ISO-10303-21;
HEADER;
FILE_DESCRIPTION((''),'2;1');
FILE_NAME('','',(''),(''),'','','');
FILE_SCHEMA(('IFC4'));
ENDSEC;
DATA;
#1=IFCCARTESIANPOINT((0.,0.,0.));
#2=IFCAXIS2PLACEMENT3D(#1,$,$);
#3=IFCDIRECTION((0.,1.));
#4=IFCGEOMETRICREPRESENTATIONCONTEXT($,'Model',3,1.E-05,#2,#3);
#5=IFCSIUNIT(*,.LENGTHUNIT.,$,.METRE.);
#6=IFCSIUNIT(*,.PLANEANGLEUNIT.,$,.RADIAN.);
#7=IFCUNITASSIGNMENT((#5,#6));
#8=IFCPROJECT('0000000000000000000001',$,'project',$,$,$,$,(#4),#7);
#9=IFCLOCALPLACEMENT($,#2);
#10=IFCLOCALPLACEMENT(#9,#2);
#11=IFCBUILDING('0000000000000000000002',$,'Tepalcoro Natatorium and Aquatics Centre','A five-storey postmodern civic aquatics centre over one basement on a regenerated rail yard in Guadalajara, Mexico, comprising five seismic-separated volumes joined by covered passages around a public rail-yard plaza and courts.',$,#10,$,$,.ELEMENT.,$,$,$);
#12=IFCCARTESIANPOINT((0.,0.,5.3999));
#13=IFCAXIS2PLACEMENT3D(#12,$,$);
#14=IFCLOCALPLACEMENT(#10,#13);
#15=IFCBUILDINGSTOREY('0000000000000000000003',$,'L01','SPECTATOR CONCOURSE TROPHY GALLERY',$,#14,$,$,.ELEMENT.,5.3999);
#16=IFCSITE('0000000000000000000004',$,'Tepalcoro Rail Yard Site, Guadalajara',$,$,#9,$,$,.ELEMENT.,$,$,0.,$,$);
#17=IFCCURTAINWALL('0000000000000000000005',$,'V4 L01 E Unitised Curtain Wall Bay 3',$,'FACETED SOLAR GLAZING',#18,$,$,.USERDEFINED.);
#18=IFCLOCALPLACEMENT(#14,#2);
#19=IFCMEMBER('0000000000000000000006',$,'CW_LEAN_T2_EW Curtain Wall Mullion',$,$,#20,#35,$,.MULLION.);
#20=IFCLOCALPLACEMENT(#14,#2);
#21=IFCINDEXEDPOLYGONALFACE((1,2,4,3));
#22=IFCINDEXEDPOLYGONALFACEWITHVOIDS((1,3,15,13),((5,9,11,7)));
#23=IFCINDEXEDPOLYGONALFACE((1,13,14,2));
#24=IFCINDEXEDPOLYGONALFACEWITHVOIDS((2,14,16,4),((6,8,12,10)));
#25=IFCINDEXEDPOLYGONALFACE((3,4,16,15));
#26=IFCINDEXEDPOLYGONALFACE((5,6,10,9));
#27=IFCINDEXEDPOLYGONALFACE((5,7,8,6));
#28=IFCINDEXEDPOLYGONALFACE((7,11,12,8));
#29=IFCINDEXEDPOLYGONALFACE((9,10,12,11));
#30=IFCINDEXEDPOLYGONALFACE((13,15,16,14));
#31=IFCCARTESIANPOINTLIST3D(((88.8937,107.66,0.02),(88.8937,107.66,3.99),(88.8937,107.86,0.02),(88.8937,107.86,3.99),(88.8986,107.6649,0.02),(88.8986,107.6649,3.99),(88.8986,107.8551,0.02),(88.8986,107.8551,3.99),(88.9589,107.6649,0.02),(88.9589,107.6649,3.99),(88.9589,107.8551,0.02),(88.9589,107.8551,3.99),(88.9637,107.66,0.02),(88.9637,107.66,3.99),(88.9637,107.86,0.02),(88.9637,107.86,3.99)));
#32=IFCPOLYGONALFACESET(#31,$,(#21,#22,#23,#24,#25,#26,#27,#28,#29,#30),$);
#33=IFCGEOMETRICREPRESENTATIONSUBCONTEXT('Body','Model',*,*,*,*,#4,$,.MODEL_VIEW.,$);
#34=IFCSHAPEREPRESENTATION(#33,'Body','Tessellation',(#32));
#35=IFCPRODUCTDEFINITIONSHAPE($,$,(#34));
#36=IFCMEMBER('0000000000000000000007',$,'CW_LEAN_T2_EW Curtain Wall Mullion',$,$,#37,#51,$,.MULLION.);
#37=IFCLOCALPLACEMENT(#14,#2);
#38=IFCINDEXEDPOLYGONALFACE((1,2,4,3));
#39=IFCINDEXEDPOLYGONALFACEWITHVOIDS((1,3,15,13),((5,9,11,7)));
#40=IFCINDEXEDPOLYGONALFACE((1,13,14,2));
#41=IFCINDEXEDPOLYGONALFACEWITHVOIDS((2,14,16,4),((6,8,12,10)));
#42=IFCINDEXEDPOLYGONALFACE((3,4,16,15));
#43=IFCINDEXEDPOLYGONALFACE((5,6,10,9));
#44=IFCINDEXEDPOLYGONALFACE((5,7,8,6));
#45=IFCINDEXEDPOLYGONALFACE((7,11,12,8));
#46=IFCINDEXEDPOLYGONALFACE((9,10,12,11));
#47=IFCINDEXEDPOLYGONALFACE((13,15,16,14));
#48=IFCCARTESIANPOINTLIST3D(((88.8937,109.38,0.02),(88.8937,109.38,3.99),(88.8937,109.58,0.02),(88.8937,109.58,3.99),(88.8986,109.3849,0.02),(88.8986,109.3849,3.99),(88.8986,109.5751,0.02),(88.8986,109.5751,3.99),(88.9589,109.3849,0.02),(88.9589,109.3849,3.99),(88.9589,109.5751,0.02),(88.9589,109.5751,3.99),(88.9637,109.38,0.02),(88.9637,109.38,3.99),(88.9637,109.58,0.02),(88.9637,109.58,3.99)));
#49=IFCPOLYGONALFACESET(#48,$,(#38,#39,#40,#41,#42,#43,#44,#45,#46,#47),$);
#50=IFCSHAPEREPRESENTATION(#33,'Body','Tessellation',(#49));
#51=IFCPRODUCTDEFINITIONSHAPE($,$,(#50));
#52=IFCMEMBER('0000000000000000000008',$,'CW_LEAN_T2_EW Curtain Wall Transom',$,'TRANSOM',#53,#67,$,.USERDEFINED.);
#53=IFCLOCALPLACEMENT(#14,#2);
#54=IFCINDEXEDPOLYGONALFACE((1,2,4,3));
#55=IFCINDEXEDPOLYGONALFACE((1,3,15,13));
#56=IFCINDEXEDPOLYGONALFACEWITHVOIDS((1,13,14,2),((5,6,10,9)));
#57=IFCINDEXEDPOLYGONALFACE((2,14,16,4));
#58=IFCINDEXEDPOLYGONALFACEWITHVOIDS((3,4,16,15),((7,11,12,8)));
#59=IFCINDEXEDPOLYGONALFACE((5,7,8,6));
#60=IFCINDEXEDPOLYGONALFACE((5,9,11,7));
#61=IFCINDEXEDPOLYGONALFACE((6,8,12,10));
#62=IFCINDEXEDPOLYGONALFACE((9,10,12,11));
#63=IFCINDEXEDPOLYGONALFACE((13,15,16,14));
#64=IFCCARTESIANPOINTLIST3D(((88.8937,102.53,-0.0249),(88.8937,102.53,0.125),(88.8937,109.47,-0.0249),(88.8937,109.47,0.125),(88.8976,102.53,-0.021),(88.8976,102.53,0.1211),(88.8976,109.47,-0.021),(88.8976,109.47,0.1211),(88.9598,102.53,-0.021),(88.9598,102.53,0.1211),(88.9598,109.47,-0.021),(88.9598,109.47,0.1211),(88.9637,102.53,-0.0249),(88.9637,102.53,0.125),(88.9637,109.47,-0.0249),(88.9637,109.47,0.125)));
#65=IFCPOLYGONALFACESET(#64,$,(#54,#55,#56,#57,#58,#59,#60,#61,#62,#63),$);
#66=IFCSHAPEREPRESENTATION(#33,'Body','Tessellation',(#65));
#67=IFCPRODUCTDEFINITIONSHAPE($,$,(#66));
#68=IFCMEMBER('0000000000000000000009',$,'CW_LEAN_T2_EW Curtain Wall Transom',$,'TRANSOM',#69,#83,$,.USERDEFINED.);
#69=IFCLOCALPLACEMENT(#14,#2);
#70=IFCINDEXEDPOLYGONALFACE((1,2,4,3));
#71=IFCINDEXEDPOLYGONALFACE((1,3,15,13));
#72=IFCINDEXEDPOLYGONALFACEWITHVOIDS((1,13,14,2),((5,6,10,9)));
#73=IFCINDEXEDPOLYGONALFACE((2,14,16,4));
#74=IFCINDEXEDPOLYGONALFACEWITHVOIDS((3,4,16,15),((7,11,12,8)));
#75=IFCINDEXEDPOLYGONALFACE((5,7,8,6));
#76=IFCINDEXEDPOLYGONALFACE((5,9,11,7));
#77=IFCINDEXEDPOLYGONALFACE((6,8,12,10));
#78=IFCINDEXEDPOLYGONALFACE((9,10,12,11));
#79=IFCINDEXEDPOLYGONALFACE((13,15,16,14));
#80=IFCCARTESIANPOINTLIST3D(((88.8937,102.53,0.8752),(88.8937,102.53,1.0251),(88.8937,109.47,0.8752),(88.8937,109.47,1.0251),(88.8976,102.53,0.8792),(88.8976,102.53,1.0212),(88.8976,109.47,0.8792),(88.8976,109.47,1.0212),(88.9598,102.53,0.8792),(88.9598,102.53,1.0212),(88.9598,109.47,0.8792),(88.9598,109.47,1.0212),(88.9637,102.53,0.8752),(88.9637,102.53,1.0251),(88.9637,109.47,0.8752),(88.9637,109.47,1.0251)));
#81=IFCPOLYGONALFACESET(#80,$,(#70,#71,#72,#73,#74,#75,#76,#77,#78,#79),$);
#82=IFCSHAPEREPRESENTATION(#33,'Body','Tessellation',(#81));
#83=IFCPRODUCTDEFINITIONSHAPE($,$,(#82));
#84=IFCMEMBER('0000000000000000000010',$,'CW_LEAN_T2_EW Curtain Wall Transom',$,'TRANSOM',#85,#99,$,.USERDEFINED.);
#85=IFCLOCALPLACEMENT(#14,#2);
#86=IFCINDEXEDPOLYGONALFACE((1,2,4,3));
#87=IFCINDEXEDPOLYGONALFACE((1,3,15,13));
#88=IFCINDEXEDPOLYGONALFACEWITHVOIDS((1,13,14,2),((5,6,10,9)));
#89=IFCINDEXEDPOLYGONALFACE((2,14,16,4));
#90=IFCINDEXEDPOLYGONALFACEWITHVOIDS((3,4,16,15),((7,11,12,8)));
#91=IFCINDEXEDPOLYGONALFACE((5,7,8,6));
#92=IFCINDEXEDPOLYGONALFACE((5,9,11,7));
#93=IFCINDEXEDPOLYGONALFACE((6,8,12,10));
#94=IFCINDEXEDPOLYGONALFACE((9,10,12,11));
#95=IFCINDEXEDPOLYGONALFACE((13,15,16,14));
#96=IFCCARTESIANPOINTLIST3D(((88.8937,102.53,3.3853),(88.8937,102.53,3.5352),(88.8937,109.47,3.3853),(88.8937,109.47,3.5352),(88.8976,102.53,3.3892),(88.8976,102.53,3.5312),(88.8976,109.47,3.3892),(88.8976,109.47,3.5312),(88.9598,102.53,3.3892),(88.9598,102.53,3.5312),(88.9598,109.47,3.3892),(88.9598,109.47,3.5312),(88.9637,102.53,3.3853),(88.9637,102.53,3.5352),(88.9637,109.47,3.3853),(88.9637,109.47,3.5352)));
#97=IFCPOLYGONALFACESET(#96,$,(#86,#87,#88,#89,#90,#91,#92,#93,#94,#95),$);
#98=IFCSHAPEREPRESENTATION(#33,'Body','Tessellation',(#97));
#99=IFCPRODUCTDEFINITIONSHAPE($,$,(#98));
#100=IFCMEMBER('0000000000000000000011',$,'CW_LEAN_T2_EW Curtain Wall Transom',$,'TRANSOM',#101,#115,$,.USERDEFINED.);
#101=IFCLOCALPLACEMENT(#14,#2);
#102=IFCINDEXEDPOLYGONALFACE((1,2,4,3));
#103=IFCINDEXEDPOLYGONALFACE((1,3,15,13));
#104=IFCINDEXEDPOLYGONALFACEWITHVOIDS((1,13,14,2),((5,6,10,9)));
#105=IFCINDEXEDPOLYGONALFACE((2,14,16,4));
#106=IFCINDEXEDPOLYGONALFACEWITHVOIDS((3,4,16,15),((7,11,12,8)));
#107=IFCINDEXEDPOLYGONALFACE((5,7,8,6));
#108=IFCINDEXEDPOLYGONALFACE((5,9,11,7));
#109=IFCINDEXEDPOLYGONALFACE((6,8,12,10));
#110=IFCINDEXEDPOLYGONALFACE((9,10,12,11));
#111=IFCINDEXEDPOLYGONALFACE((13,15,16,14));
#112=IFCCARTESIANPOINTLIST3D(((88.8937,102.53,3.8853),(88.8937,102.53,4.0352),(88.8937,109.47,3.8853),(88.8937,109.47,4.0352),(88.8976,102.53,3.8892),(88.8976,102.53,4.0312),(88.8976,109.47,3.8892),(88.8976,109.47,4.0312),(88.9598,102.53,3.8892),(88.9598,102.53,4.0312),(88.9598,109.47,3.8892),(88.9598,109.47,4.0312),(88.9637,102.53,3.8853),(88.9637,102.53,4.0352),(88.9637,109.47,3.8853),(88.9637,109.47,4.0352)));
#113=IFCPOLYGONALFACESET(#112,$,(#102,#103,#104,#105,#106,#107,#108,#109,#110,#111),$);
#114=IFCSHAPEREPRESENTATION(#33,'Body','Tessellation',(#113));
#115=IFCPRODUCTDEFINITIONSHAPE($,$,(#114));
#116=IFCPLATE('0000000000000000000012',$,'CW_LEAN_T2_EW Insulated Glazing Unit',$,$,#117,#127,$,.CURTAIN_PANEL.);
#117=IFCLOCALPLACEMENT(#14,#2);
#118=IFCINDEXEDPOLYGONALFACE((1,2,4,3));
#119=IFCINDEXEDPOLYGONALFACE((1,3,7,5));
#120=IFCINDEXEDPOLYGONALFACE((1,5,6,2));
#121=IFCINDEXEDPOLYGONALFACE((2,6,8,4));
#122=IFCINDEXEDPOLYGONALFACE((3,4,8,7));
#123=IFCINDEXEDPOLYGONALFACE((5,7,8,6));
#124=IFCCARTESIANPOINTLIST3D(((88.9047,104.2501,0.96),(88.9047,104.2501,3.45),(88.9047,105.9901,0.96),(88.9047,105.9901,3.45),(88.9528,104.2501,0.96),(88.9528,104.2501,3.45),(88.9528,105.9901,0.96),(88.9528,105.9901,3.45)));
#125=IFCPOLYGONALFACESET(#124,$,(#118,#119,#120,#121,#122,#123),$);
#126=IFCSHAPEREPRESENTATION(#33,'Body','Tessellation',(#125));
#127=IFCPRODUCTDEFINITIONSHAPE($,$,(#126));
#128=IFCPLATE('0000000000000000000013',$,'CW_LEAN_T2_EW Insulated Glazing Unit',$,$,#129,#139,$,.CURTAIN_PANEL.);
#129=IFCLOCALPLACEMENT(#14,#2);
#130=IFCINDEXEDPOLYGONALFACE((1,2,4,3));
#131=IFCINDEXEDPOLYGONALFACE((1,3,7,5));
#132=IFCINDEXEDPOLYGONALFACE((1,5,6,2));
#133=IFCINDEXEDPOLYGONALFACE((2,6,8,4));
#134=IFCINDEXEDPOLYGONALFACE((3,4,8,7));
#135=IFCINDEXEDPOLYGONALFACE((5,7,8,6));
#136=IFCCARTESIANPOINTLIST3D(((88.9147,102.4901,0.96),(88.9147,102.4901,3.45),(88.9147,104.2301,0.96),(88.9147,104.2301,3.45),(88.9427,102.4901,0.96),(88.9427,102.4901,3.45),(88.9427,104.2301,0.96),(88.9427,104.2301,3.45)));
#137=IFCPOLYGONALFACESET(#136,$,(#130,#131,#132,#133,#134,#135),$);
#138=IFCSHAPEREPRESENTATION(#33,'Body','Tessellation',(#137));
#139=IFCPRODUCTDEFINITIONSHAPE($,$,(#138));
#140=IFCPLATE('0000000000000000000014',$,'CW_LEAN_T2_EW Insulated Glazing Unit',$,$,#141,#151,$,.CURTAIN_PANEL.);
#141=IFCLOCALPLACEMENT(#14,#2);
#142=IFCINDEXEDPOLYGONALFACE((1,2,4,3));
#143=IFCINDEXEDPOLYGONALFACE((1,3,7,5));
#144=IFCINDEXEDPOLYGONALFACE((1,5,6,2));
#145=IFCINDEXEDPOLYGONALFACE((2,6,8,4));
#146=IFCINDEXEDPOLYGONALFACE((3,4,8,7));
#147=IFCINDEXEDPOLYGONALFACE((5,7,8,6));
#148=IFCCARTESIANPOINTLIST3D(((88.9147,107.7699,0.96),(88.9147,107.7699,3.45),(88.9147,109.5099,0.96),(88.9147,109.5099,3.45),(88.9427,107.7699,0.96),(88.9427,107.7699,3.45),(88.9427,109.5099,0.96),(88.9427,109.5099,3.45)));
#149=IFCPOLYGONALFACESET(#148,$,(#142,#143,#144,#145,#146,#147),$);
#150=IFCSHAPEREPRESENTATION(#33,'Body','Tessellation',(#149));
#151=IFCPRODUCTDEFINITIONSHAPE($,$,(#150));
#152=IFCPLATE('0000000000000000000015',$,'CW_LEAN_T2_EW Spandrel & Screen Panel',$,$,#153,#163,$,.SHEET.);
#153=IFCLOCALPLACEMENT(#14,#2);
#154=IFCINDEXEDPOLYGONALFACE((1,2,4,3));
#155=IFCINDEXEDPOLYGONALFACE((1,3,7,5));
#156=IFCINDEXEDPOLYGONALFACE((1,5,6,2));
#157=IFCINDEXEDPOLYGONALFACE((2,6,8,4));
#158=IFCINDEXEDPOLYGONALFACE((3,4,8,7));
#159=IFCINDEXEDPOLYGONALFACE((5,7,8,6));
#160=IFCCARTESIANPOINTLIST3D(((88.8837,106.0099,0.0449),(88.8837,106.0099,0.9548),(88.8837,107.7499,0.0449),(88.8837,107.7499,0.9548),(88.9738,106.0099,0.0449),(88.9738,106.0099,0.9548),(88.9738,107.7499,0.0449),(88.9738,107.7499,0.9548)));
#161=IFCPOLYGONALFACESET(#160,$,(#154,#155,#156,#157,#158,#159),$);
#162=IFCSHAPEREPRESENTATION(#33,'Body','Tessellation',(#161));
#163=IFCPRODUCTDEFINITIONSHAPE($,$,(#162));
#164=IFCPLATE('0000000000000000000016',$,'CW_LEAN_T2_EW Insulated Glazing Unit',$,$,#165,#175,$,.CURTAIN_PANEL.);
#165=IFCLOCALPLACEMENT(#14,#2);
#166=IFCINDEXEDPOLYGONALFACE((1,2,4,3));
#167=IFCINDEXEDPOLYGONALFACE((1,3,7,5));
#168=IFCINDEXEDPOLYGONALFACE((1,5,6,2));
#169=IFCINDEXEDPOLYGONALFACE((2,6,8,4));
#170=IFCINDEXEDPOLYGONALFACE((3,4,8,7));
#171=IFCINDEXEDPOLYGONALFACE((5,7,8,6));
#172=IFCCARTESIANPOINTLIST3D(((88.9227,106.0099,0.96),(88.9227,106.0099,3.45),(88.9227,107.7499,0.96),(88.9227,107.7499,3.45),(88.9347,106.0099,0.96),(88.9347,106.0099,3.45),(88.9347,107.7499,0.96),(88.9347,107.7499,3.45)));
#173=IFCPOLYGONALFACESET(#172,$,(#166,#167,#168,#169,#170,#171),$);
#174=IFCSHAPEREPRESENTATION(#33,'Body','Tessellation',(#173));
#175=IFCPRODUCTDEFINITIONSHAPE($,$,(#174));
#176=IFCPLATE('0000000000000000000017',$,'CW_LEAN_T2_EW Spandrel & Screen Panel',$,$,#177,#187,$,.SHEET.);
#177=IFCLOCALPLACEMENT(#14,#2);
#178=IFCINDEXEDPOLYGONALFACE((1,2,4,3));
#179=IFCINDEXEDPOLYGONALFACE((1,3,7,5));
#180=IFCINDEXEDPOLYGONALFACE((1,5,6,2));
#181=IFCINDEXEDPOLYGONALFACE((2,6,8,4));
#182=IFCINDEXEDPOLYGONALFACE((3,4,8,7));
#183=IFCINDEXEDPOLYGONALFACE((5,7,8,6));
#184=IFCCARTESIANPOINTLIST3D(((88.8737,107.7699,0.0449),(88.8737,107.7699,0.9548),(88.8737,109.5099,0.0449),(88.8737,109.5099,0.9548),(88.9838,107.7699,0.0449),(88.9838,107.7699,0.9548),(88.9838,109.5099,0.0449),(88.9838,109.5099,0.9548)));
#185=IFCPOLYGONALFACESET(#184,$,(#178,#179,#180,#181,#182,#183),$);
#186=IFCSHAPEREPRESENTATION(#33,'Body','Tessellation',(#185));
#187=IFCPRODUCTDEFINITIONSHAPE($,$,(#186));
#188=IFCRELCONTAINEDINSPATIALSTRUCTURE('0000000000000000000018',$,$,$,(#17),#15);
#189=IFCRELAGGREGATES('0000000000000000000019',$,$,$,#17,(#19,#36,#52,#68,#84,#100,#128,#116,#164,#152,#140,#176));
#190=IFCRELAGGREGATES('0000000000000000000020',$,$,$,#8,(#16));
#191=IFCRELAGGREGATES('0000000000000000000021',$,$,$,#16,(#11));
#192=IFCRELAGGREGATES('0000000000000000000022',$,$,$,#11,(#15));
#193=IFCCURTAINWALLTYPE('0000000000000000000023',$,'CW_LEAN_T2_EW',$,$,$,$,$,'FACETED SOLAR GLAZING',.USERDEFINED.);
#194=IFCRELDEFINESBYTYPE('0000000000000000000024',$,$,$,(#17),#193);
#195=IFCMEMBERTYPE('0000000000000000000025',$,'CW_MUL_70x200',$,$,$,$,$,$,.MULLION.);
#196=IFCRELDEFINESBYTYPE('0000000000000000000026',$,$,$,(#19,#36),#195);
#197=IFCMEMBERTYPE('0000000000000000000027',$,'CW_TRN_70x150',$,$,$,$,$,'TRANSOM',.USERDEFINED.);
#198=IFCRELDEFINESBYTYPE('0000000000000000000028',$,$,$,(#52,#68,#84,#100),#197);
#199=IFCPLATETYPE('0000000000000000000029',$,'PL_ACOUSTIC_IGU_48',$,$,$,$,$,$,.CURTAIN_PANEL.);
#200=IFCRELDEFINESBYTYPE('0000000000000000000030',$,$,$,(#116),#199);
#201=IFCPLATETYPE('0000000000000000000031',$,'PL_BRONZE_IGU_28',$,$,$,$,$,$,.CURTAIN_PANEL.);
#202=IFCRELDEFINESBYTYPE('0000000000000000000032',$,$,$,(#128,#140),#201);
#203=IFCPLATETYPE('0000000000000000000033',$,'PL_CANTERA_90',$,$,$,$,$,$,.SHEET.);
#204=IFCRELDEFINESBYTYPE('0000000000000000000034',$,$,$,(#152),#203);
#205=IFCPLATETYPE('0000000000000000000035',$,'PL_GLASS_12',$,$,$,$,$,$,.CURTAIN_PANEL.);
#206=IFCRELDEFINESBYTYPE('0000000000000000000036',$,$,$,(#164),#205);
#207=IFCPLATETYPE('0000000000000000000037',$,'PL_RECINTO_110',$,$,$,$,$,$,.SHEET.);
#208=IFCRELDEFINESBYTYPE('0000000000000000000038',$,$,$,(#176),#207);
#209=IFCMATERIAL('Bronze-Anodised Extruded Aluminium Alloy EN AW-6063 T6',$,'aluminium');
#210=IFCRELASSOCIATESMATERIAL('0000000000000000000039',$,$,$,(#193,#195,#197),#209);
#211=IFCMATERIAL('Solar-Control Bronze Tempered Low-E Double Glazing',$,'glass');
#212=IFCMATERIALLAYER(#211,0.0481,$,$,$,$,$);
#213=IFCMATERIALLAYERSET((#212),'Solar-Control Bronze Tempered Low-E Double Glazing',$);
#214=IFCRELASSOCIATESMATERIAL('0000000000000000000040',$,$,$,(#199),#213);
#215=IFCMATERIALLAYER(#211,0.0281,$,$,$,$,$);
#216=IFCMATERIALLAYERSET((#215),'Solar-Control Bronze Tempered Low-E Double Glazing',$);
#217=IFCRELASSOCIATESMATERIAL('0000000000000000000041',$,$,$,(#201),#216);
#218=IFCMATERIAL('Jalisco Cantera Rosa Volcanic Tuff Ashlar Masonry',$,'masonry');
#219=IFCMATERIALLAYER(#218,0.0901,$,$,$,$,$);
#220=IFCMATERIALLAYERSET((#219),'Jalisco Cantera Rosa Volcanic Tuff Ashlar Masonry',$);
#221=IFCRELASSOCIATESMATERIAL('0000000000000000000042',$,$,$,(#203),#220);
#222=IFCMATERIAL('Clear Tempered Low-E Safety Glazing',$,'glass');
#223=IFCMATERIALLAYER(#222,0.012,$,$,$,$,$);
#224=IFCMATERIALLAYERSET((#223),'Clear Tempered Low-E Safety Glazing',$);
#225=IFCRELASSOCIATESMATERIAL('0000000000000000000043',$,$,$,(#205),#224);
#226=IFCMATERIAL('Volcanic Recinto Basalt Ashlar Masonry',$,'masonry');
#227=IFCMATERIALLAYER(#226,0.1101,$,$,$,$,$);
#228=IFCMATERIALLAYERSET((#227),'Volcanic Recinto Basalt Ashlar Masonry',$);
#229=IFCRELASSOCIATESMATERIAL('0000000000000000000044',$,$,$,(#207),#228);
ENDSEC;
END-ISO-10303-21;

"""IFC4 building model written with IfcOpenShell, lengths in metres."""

from ifc_helpers import new_model, si_unit, direction, frame, origin, origin_2d, place, context, subcontext, project, spatial, rectangle, hollow_rectangle, extrude, material, layer, layer_set, material_profile, profile_set, type_object, element, aggregate, save


model = new_model("IFC4")

# Units and contexts
model_context = context("Model", 3, precision=1e-05, world=origin(), true_north=direction((0.0, 1.0)))
body_context = subcontext(model_context, "Body", "Model", "MODEL_VIEW")
ifc_project = project(units=[si_unit("LENGTHUNIT", "METRE"), si_unit("PLANEANGLEUNIT", "RADIAN")], contexts=[model_context])

# Site, building, storey
site_placement = place(None, origin())
site = spatial("IfcSite", under=ifc_project, at=site_placement, Name="Tepalcoro Rail Yard Site, Guadalajara", CompositionType="ELEMENT", RefElevation=0.0)
building_placement = place(site_placement, origin())
building = spatial("IfcBuilding", under=site, at=building_placement, Name="Tepalcoro Natatorium and Aquatics Centre", Description="A five-storey postmodern civic aquatics centre over one basement on a regenerated rail yard in Guadalajara, Mexico, comprising five seismic-separated volumes joined by covered passages around a public rail-yard plaza and courts.", CompositionType="ELEMENT")
storey_placement = place(building_placement, frame((0.0, 0.0, 5.3999)))
storey = spatial("IfcBuildingStorey", under=building, at=storey_placement, Name="L01", Description="SPECTATOR CONCOURSE TROPHY GALLERY", CompositionType="ELEMENT", Elevation=5.3999)

# Curtain wall, members, plates
ifc_material_1 = material(Name="Bronze-Anodised Extruded Aluminium Alloy EN AW-6063 T6", Category="aluminium")
curtain_wall_type = type_object("IfcCurtainWallType", Name="CW_LEAN_T2_EW", ElementType="FACETED SOLAR GLAZING", PredefinedType="USERDEFINED", material=ifc_material_1)
curtain_wall_placement = place(storey_placement, origin())
curtain_wall = element("IfcCurtainWall", 1, at=curtain_wall_placement, inside=storey, type_object=curtain_wall_type, Name="V4 L01 E Unitised Curtain Wall Bay 3", ObjectType="FACETED SOLAR GLAZING", PredefinedType="USERDEFINED")
ifc_material_profile_1 = material_profile(ifc_material_1, hollow_rectangle(XDim=0.0701, YDim=0.2, WallThickness=0.0049, at=origin_2d()), Name="AL70X200X5")
ifc_profile_set_1 = profile_set([ifc_material_profile_1], Name="Bronze-Anodised Extruded Aluminium Alloy EN AW-6063 T6")
member_type_1 = type_object("IfcMemberType", Name="CW_MUL_70x200", PredefinedType="MULLION", material=ifc_profile_set_1)
member_1_placement = place(storey_placement, frame((88.9287, 107.76, 0.02), z_axis=(0.0, 0.0, 1.0), x_axis=(1.0, 0.0, 0.0)))
member_1 = element("IfcMember", 2, at=member_1_placement, type_object=member_type_1, Name="CW_LEAN_T2_EW Curtain Wall Mullion", PredefinedType="MULLION", context=body_context, shape_type="SweptSolid", body=[
    extrude(hollow_rectangle(XDim=0.0701, YDim=0.2, WallThickness=0.0049, at=origin_2d()), origin(), (0.0, 0.0, 1.0), 3.97),
])
member_2_placement = place(storey_placement, frame((88.9287, 109.48, 0.02), z_axis=(0.0, 0.0, 1.0), x_axis=(1.0, 0.0, 0.0)))
member_2 = element("IfcMember", 3, at=member_2_placement, type_object=member_type_1, Name="CW_LEAN_T2_EW Curtain Wall Mullion", PredefinedType="MULLION", context=body_context, shape_type="SweptSolid", body=[
    extrude(hollow_rectangle(XDim=0.0701, YDim=0.2, WallThickness=0.0049, at=origin_2d()), origin(), (0.0, 0.0, 1.0), 3.97),
])
ifc_material_profile_2 = material_profile(ifc_material_1, hollow_rectangle(XDim=0.0701, YDim=0.1499, WallThickness=0.0039, at=origin_2d()), Name="AL70X150X4")
ifc_profile_set_2 = profile_set([ifc_material_profile_2], Name="Bronze-Anodised Extruded Aluminium Alloy EN AW-6063 T6")
member_type_2 = type_object("IfcMemberType", Name="CW_TRN_70x150", ElementType="TRANSOM", PredefinedType="USERDEFINED", material=ifc_profile_set_2)
member_3_placement = place(storey_placement, frame((88.9287, 102.53, 0.05), z_axis=(0.0, 1.0, 0.0), x_axis=(-1.0, 0.0, 0.0)))
member_3 = element("IfcMember", 4, at=member_3_placement, type_object=member_type_2, Name="CW_LEAN_T2_EW Curtain Wall Transom", ObjectType="TRANSOM", PredefinedType="USERDEFINED", context=body_context, shape_type="SweptSolid", body=[
    extrude(hollow_rectangle(XDim=0.0701, YDim=0.1499, WallThickness=0.0039, at=origin_2d()), origin(), (0.0, 0.0, 1.0), 6.9399),
])
member_4_placement = place(storey_placement, frame((88.9287, 102.53, 0.9502), z_axis=(0.0, 1.0, 0.0), x_axis=(-1.0, 0.0, 0.0)))
member_4 = element("IfcMember", 5, at=member_4_placement, type_object=member_type_2, Name="CW_LEAN_T2_EW Curtain Wall Transom", ObjectType="TRANSOM", PredefinedType="USERDEFINED", context=body_context, shape_type="SweptSolid", body=[
    extrude(hollow_rectangle(XDim=0.0701, YDim=0.1499, WallThickness=0.0039, at=origin_2d()), origin(), (0.0, 0.0, 1.0), 6.9399),
])
member_5_placement = place(storey_placement, frame((88.9287, 102.53, 3.4602), z_axis=(0.0, 1.0, 0.0), x_axis=(-1.0, 0.0, 0.0)))
member_5 = element("IfcMember", 6, at=member_5_placement, type_object=member_type_2, Name="CW_LEAN_T2_EW Curtain Wall Transom", ObjectType="TRANSOM", PredefinedType="USERDEFINED", context=body_context, shape_type="SweptSolid", body=[
    extrude(hollow_rectangle(XDim=0.0701, YDim=0.1499, WallThickness=0.0039, at=origin_2d()), origin(), (0.0, 0.0, 1.0), 6.9399),
])
member_6_placement = place(storey_placement, frame((88.9287, 102.53, 3.9602), z_axis=(0.0, 1.0, 0.0), x_axis=(-1.0, 0.0, 0.0)))
member_6 = element("IfcMember", 7, at=member_6_placement, type_object=member_type_2, Name="CW_LEAN_T2_EW Curtain Wall Transom", ObjectType="TRANSOM", PredefinedType="USERDEFINED", context=body_context, shape_type="SweptSolid", body=[
    extrude(hollow_rectangle(XDim=0.0701, YDim=0.1499, WallThickness=0.0039, at=origin_2d()), origin(), (0.0, 0.0, 1.0), 6.9399),
])
ifc_material_2 = material(Name="Solar-Control Bronze Tempered Low-E Double Glazing", Category="glass")
ifc_layer_1 = layer(ifc_material_2, 0.0481)
ifc_layer_set_1 = layer_set([ifc_layer_1], Name="Solar-Control Bronze Tempered Low-E Double Glazing")
plate_type_1 = type_object("IfcPlateType", Name="PL_ACOUSTIC_IGU_48", PredefinedType="CURTAIN_PANEL", material=ifc_layer_set_1)
plate_1_placement = place(storey_placement, frame((88.9287, 105.1201, 0.96), z_axis=(0.0, 0.0, 1.0), x_axis=(1.0, 0.0, 0.0)))
plate_1 = element("IfcPlate", 8, at=plate_1_placement, type_object=plate_type_1, Name="CW_LEAN_T2_EW Insulated Glazing Unit", PredefinedType="CURTAIN_PANEL", context=body_context, shape_type="SweptSolid", body=[
    extrude(rectangle(XDim=0.0481, YDim=1.74, at=origin_2d()), origin(), (0.0, 0.0, 1.0), 2.49),
])
ifc_layer_2 = layer(ifc_material_2, 0.0281)
ifc_layer_set_2 = layer_set([ifc_layer_2], Name="Solar-Control Bronze Tempered Low-E Double Glazing")
plate_type_2 = type_object("IfcPlateType", Name="PL_BRONZE_IGU_28", PredefinedType="CURTAIN_PANEL", material=ifc_layer_set_2)
plate_2_placement = place(storey_placement, frame((88.9287, 103.3601, 0.96), z_axis=(0.0, 0.0, 1.0), x_axis=(1.0, 0.0, 0.0)))
plate_2 = element("IfcPlate", 9, at=plate_2_placement, type_object=plate_type_2, Name="CW_LEAN_T2_EW Insulated Glazing Unit", PredefinedType="CURTAIN_PANEL", context=body_context, shape_type="SweptSolid", body=[
    extrude(rectangle(XDim=0.0281, YDim=1.74, at=origin_2d()), origin(), (0.0, 0.0, 1.0), 2.49),
])
plate_3_placement = place(storey_placement, frame((88.9287, 108.6399, 0.96), z_axis=(0.0, 0.0, 1.0), x_axis=(1.0, 0.0, 0.0)))
plate_3 = element("IfcPlate", 10, at=plate_3_placement, type_object=plate_type_2, Name="CW_LEAN_T2_EW Insulated Glazing Unit", PredefinedType="CURTAIN_PANEL", context=body_context, shape_type="SweptSolid", body=[
    extrude(rectangle(XDim=0.0281, YDim=1.74, at=origin_2d()), origin(), (0.0, 0.0, 1.0), 2.49),
])
ifc_material_3 = material(Name="Jalisco Cantera Rosa Volcanic Tuff Ashlar Masonry", Category="masonry")
ifc_layer_3 = layer(ifc_material_3, 0.0901)
ifc_layer_set_3 = layer_set([ifc_layer_3], Name="Jalisco Cantera Rosa Volcanic Tuff Ashlar Masonry")
plate_type_3 = type_object("IfcPlateType", Name="PL_CANTERA_90", PredefinedType="SHEET", material=ifc_layer_set_3)
plate_4_placement = place(storey_placement, frame((88.9287, 106.8799, 0.0449), z_axis=(0.0, 0.0, 1.0), x_axis=(1.0, 0.0, 0.0)))
plate_4 = element("IfcPlate", 11, at=plate_4_placement, type_object=plate_type_3, Name="CW_LEAN_T2_EW Spandrel & Screen Panel", PredefinedType="SHEET", context=body_context, shape_type="SweptSolid", body=[
    extrude(rectangle(XDim=0.0901, YDim=1.74, at=origin_2d()), origin(), (0.0, 0.0, 1.0), 0.9099),
])
ifc_material_4 = material(Name="Clear Tempered Low-E Safety Glazing", Category="glass")
ifc_layer_4 = layer(ifc_material_4, 0.012)
ifc_layer_set_4 = layer_set([ifc_layer_4], Name="Clear Tempered Low-E Safety Glazing")
plate_type_4 = type_object("IfcPlateType", Name="PL_GLASS_12", PredefinedType="CURTAIN_PANEL", material=ifc_layer_set_4)
plate_5_placement = place(storey_placement, frame((88.9287, 106.8799, 0.96), z_axis=(0.0, 0.0, 1.0), x_axis=(1.0, 0.0, 0.0)))
plate_5 = element("IfcPlate", 12, at=plate_5_placement, type_object=plate_type_4, Name="CW_LEAN_T2_EW Insulated Glazing Unit", PredefinedType="CURTAIN_PANEL", context=body_context, shape_type="SweptSolid", body=[
    extrude(rectangle(XDim=0.012, YDim=1.74, at=origin_2d()), origin(), (0.0, 0.0, 1.0), 2.49),
])
ifc_material_5 = material(Name="Volcanic Recinto Basalt Ashlar Masonry", Category="masonry")
ifc_layer_5 = layer(ifc_material_5, 0.1101)
ifc_layer_set_5 = layer_set([ifc_layer_5], Name="Volcanic Recinto Basalt Ashlar Masonry")
plate_type_5 = type_object("IfcPlateType", Name="PL_RECINTO_110", PredefinedType="SHEET", material=ifc_layer_set_5)
plate_6_placement = place(storey_placement, frame((88.9287, 108.6399, 0.0449), z_axis=(0.0, 0.0, 1.0), x_axis=(1.0, 0.0, 0.0)))
plate_6 = element("IfcPlate", 13, at=plate_6_placement, type_object=plate_type_5, Name="CW_LEAN_T2_EW Spandrel & Screen Panel", PredefinedType="SHEET", context=body_context, shape_type="SweptSolid", body=[
    extrude(rectangle(XDim=0.1101, YDim=1.74, at=origin_2d()), origin(), (0.0, 0.0, 1.0), 0.9099),
])
aggregate(curtain_wall, [member_1, member_2, member_3, member_4, member_5, member_6, plate_2, plate_1, plate_5, plate_4, plate_3, plate_6])

save(model, "model.ifc")
